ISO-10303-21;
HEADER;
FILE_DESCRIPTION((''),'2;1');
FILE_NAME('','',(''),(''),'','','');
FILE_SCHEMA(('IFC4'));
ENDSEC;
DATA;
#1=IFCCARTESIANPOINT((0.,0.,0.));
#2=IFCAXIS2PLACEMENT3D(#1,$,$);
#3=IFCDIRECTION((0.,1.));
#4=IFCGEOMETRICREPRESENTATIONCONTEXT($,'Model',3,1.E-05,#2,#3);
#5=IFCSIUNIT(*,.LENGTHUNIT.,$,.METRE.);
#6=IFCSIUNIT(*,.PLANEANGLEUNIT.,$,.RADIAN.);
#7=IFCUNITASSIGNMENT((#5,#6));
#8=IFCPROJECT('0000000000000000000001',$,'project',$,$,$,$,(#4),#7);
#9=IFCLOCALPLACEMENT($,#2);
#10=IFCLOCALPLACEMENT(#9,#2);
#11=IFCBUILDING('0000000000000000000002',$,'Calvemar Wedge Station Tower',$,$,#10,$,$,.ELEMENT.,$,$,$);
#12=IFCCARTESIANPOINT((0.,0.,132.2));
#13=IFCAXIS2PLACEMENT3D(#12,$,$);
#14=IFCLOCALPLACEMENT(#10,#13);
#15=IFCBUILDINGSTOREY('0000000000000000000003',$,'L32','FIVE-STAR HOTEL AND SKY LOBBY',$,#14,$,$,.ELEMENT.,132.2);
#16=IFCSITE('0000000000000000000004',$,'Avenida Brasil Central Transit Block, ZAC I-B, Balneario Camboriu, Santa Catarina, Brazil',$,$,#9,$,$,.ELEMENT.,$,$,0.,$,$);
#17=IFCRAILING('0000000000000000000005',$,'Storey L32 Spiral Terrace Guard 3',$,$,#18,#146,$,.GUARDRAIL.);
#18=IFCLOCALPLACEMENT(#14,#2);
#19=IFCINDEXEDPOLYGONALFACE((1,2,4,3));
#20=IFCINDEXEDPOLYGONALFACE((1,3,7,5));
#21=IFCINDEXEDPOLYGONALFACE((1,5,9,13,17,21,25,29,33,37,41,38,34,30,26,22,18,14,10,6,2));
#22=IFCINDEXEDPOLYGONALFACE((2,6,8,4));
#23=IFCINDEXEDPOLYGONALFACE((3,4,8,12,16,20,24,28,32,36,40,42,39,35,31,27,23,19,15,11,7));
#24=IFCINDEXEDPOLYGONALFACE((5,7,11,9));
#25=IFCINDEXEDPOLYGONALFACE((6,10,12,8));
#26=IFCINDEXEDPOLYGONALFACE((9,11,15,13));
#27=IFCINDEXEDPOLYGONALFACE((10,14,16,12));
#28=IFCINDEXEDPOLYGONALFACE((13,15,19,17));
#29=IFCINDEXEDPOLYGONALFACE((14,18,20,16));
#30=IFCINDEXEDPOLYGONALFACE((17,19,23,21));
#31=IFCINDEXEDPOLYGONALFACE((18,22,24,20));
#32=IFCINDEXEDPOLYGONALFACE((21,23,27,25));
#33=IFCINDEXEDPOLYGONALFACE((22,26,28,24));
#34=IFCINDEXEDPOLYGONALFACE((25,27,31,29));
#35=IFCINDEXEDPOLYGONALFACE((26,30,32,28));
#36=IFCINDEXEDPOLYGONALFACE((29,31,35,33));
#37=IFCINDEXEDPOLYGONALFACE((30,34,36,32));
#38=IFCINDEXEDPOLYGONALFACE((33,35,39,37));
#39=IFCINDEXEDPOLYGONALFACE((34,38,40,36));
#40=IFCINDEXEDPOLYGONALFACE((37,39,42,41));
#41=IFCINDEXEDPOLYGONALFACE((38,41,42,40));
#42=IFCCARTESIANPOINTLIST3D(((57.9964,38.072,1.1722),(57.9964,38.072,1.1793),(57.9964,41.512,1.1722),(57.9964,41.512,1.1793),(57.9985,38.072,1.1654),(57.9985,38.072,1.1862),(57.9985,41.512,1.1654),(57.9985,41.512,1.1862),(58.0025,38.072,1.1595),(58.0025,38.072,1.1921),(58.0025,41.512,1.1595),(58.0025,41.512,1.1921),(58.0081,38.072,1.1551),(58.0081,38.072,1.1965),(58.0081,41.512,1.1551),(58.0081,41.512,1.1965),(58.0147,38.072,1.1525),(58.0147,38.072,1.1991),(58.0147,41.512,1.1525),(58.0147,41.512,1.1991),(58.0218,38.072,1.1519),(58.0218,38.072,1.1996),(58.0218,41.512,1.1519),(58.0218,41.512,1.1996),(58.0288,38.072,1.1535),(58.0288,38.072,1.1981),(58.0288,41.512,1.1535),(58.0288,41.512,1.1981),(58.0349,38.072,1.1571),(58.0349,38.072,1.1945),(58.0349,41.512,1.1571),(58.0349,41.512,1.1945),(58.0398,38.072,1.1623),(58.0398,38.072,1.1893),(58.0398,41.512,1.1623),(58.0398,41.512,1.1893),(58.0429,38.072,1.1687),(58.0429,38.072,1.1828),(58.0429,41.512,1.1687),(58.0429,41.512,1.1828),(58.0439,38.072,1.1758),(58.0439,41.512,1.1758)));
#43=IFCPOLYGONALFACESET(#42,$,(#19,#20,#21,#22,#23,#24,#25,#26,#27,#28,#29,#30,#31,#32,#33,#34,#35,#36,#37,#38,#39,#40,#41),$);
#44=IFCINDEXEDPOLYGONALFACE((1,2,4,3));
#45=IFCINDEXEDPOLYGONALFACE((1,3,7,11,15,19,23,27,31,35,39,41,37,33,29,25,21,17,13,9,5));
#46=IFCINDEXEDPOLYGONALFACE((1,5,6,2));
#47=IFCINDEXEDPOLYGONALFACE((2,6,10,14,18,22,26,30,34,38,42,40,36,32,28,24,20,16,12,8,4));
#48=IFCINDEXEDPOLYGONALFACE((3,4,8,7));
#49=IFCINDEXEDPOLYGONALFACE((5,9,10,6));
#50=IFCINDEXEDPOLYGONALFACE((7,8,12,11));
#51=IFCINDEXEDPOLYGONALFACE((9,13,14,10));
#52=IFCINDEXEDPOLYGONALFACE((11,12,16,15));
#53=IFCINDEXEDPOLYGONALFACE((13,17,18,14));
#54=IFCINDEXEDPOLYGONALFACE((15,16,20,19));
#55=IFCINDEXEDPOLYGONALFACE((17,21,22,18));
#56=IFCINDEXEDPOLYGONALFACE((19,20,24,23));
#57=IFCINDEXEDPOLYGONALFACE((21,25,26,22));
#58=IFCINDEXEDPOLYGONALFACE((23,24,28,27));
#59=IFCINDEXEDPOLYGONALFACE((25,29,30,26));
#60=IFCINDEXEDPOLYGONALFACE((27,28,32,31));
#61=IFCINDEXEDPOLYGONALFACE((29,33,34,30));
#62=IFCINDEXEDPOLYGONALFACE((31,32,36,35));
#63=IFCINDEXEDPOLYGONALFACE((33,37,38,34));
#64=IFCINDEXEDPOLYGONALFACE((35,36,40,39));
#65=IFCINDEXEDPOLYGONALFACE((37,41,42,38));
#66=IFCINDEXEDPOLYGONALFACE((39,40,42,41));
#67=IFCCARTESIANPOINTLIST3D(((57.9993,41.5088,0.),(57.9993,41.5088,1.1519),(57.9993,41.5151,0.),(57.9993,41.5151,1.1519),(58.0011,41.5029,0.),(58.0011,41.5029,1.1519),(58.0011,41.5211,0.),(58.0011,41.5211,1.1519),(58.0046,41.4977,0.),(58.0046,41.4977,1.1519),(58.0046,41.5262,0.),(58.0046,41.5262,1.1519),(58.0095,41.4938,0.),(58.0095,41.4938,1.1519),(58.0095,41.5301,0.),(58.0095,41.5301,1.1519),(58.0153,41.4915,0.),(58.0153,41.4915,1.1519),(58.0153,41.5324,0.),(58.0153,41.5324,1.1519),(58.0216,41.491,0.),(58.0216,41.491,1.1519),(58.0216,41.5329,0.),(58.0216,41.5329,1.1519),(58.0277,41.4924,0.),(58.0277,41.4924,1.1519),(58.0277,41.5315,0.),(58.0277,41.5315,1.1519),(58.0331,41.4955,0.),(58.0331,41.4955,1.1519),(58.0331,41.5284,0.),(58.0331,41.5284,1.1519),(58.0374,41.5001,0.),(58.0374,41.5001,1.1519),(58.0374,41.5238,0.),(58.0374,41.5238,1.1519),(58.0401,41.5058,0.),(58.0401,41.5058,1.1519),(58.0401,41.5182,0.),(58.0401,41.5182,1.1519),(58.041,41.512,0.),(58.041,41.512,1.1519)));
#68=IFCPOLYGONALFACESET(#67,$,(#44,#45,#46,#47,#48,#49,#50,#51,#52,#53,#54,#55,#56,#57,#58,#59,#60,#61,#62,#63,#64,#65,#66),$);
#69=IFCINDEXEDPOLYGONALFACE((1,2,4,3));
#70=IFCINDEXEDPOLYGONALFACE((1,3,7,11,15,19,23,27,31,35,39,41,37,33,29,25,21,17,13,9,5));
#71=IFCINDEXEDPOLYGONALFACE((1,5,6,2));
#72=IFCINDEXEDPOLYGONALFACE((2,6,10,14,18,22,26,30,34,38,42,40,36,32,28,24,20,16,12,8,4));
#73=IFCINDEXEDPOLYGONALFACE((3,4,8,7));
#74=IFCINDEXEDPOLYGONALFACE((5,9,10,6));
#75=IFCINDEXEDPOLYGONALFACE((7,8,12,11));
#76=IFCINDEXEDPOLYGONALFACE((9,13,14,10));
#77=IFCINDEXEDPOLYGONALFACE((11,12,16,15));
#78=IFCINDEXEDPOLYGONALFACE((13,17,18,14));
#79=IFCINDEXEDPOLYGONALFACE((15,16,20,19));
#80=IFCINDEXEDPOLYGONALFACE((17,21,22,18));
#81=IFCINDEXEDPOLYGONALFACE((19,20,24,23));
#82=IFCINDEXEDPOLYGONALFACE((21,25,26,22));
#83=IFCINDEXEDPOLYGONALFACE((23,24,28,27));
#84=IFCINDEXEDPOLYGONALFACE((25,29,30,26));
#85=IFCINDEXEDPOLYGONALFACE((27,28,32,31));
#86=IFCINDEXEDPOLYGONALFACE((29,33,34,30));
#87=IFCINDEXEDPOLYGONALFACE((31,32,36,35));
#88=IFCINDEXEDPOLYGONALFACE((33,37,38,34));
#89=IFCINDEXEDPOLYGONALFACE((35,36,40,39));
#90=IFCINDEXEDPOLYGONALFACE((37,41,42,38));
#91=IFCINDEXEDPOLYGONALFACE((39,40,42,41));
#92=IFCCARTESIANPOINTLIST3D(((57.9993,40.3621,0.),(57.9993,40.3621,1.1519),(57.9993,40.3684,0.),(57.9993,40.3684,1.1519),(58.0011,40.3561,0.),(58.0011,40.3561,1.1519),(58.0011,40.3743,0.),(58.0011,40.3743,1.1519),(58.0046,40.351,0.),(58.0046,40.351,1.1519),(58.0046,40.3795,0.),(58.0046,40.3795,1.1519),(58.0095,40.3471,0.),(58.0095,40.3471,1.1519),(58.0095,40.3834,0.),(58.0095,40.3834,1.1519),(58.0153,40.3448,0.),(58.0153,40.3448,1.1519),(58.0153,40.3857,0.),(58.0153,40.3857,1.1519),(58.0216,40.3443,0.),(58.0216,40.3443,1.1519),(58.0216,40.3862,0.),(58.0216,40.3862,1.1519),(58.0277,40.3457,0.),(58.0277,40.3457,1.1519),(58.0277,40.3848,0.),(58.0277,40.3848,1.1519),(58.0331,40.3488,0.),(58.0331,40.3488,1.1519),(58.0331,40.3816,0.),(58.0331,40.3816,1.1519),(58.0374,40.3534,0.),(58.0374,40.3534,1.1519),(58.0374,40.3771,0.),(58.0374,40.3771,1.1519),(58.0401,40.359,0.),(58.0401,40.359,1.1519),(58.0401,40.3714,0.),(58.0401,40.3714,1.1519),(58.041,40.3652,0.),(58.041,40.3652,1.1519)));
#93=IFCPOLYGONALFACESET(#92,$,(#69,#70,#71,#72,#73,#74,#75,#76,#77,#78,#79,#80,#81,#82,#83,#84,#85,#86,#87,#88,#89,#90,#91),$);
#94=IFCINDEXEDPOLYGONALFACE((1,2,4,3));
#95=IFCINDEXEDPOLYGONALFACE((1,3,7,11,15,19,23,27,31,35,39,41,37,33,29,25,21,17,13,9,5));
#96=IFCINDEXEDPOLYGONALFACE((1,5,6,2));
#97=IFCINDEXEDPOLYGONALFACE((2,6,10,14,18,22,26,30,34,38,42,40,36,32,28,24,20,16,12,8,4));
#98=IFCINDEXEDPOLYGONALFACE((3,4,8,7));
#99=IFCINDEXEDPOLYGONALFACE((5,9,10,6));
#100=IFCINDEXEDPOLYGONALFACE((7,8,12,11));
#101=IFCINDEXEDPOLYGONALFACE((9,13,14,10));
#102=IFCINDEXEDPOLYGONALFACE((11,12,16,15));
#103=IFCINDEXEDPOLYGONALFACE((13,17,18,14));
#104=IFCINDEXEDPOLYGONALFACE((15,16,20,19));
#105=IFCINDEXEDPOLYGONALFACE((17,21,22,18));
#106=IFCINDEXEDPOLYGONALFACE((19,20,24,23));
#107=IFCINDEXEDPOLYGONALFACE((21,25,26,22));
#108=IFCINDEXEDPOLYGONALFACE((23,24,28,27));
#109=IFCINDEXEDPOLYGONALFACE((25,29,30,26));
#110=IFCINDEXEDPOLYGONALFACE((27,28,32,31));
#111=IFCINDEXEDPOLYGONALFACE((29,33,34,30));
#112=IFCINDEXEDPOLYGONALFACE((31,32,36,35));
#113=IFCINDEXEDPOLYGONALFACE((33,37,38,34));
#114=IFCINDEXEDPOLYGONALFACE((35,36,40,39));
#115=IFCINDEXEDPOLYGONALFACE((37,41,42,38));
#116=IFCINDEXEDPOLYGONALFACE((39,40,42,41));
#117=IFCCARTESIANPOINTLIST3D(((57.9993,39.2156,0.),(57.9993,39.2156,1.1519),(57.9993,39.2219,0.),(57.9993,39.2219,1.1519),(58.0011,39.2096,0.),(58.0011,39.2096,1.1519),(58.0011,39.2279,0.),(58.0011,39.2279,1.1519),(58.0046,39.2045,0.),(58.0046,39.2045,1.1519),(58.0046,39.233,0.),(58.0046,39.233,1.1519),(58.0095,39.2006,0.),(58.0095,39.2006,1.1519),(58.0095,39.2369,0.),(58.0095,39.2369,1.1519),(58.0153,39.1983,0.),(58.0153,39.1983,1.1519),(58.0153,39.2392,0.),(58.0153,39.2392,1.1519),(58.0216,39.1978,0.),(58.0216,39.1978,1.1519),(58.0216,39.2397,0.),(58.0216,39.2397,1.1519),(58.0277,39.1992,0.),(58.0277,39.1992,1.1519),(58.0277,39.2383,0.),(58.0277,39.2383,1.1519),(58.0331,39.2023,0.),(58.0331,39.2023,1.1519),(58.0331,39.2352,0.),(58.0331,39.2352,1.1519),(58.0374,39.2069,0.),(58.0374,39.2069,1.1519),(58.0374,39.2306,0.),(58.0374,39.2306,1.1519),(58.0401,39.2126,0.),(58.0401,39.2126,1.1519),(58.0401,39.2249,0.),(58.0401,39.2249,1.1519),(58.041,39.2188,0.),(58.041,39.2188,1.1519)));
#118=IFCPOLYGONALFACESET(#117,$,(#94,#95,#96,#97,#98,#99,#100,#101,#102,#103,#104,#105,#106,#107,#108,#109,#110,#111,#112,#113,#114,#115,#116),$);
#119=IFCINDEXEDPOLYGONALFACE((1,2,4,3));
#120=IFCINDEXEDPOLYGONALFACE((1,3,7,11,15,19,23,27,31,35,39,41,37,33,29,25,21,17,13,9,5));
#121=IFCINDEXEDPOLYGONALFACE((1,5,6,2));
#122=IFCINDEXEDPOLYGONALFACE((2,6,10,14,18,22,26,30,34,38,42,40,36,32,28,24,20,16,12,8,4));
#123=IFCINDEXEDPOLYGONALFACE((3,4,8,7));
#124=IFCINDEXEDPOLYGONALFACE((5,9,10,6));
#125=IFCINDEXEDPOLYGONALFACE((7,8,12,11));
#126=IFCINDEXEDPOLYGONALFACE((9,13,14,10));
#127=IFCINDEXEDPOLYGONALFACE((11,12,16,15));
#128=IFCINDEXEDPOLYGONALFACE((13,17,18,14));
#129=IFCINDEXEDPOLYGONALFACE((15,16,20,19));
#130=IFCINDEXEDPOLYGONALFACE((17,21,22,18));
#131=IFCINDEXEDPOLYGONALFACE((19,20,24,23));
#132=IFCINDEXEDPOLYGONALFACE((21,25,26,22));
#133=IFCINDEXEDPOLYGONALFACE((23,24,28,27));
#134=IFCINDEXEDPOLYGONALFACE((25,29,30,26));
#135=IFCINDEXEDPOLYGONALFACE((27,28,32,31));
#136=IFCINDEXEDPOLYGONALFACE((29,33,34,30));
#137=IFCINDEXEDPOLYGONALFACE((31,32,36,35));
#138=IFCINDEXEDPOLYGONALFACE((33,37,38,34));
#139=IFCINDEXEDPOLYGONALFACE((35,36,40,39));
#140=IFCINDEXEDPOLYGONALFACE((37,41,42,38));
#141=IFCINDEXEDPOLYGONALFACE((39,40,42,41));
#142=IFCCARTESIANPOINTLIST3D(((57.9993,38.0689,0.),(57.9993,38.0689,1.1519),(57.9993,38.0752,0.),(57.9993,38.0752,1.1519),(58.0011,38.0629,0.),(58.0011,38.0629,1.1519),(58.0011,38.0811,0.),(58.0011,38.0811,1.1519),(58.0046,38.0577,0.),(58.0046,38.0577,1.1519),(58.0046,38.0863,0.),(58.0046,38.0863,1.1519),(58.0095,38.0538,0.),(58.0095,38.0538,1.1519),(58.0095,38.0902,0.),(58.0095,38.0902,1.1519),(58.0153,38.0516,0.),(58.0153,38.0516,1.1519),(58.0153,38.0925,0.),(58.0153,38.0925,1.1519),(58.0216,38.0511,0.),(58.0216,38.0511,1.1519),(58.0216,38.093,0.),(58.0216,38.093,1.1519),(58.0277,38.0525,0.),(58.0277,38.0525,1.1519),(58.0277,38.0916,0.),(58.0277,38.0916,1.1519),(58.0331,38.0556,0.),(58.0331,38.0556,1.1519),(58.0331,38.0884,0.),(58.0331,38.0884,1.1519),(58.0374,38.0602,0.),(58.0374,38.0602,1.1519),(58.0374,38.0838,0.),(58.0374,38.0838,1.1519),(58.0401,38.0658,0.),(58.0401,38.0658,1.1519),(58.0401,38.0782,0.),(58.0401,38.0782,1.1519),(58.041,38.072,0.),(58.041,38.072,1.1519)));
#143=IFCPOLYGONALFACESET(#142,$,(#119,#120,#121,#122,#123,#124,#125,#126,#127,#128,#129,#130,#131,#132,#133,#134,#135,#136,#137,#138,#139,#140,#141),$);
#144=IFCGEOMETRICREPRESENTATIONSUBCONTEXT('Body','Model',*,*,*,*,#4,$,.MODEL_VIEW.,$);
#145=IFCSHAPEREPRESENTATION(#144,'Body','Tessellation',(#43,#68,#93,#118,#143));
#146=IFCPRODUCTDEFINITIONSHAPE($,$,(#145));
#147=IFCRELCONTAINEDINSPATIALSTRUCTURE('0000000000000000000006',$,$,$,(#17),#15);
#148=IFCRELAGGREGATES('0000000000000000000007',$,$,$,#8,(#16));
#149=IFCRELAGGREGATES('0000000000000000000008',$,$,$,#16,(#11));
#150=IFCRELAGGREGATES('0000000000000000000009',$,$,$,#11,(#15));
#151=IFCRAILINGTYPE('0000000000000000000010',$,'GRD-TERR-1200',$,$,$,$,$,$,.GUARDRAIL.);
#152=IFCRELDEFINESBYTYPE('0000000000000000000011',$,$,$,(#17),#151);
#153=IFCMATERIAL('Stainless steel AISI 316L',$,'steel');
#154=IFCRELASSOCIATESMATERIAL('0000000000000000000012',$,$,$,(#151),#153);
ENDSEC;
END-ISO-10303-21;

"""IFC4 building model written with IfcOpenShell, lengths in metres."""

from ifc_helpers import new_model, si_unit, direction, frame, origin, origin_2d, place, context, subcontext, project, spatial, circle, extrude, material, type_object, element, save


model = new_model("IFC4")

# Units and contexts
model_context = context("Model", 3, precision=1e-05, world=origin(), true_north=direction((0.0, 1.0)))
body_context = subcontext(model_context, "Body", "Model", "MODEL_VIEW")
ifc_project = project(units=[si_unit("LENGTHUNIT", "METRE"), si_unit("PLANEANGLEUNIT", "RADIAN")], contexts=[model_context])

# Site, building, storey
site_placement = place(None, origin())
site = spatial("IfcSite", under=ifc_project, at=site_placement, Name="Avenida Brasil Central Transit Block, ZAC I-B, Balneario Camboriu, Santa Catarina, Brazil", CompositionType="ELEMENT", RefElevation=0.0)
building_placement = place(site_placement, origin())
building = spatial("IfcBuilding", under=site, at=building_placement, Name="Calvemar Wedge Station Tower", CompositionType="ELEMENT")
storey_placement = place(building_placement, frame((0.0, 0.0, 132.2)))
storey = spatial("IfcBuildingStorey", under=building, at=storey_placement, Name="L32", Description="FIVE-STAR HOTEL AND SKY LOBBY", CompositionType="ELEMENT", Elevation=132.2)

# Railing
ifc_material_1 = material(Name="Stainless steel AISI 316L", Category="steel")
railing_type = type_object("IfcRailingType", Name="GRD-TERR-1200", PredefinedType="GUARDRAIL", material=ifc_material_1)
railing_1_placement = place(storey_placement, frame((58.02, 41.512, 0.0)))
element("IfcRailing", 1, at=railing_1_placement, inside=storey, type_object=railing_type, Name="Storey L32 Spiral Terrace Guard 3", PredefinedType="GUARDRAIL", context=body_context, shape_type="SweptSolid", body=[
    extrude(circle(Radius=0.0239, at=origin_2d()), frame((0.0, 0.0, 1.1758), z_axis=(0.0, -1.0, 0.0), x_axis=(1.0, 0.0, 0.0)), (0.0, 0.0, 1.0), 3.4399),
    extrude(circle(Radius=0.021, at=origin_2d()), origin(), (0.0, 0.0, 1.0), 1.1519),
    extrude(circle(Radius=0.021, at=origin_2d()), frame((0.0, -1.1467, 0.0)), (0.0, 0.0, 1.0), 1.1519),
    extrude(circle(Radius=0.021, at=origin_2d()), frame((0.0, -2.2932, 0.0)), (0.0, 0.0, 1.0), 1.1519),
    extrude(circle(Radius=0.021, at=origin_2d()), frame((0.0, -3.4399, 0.0)), (0.0, 0.0, 1.0), 1.1519),
])

save(model, "model.ifc")
